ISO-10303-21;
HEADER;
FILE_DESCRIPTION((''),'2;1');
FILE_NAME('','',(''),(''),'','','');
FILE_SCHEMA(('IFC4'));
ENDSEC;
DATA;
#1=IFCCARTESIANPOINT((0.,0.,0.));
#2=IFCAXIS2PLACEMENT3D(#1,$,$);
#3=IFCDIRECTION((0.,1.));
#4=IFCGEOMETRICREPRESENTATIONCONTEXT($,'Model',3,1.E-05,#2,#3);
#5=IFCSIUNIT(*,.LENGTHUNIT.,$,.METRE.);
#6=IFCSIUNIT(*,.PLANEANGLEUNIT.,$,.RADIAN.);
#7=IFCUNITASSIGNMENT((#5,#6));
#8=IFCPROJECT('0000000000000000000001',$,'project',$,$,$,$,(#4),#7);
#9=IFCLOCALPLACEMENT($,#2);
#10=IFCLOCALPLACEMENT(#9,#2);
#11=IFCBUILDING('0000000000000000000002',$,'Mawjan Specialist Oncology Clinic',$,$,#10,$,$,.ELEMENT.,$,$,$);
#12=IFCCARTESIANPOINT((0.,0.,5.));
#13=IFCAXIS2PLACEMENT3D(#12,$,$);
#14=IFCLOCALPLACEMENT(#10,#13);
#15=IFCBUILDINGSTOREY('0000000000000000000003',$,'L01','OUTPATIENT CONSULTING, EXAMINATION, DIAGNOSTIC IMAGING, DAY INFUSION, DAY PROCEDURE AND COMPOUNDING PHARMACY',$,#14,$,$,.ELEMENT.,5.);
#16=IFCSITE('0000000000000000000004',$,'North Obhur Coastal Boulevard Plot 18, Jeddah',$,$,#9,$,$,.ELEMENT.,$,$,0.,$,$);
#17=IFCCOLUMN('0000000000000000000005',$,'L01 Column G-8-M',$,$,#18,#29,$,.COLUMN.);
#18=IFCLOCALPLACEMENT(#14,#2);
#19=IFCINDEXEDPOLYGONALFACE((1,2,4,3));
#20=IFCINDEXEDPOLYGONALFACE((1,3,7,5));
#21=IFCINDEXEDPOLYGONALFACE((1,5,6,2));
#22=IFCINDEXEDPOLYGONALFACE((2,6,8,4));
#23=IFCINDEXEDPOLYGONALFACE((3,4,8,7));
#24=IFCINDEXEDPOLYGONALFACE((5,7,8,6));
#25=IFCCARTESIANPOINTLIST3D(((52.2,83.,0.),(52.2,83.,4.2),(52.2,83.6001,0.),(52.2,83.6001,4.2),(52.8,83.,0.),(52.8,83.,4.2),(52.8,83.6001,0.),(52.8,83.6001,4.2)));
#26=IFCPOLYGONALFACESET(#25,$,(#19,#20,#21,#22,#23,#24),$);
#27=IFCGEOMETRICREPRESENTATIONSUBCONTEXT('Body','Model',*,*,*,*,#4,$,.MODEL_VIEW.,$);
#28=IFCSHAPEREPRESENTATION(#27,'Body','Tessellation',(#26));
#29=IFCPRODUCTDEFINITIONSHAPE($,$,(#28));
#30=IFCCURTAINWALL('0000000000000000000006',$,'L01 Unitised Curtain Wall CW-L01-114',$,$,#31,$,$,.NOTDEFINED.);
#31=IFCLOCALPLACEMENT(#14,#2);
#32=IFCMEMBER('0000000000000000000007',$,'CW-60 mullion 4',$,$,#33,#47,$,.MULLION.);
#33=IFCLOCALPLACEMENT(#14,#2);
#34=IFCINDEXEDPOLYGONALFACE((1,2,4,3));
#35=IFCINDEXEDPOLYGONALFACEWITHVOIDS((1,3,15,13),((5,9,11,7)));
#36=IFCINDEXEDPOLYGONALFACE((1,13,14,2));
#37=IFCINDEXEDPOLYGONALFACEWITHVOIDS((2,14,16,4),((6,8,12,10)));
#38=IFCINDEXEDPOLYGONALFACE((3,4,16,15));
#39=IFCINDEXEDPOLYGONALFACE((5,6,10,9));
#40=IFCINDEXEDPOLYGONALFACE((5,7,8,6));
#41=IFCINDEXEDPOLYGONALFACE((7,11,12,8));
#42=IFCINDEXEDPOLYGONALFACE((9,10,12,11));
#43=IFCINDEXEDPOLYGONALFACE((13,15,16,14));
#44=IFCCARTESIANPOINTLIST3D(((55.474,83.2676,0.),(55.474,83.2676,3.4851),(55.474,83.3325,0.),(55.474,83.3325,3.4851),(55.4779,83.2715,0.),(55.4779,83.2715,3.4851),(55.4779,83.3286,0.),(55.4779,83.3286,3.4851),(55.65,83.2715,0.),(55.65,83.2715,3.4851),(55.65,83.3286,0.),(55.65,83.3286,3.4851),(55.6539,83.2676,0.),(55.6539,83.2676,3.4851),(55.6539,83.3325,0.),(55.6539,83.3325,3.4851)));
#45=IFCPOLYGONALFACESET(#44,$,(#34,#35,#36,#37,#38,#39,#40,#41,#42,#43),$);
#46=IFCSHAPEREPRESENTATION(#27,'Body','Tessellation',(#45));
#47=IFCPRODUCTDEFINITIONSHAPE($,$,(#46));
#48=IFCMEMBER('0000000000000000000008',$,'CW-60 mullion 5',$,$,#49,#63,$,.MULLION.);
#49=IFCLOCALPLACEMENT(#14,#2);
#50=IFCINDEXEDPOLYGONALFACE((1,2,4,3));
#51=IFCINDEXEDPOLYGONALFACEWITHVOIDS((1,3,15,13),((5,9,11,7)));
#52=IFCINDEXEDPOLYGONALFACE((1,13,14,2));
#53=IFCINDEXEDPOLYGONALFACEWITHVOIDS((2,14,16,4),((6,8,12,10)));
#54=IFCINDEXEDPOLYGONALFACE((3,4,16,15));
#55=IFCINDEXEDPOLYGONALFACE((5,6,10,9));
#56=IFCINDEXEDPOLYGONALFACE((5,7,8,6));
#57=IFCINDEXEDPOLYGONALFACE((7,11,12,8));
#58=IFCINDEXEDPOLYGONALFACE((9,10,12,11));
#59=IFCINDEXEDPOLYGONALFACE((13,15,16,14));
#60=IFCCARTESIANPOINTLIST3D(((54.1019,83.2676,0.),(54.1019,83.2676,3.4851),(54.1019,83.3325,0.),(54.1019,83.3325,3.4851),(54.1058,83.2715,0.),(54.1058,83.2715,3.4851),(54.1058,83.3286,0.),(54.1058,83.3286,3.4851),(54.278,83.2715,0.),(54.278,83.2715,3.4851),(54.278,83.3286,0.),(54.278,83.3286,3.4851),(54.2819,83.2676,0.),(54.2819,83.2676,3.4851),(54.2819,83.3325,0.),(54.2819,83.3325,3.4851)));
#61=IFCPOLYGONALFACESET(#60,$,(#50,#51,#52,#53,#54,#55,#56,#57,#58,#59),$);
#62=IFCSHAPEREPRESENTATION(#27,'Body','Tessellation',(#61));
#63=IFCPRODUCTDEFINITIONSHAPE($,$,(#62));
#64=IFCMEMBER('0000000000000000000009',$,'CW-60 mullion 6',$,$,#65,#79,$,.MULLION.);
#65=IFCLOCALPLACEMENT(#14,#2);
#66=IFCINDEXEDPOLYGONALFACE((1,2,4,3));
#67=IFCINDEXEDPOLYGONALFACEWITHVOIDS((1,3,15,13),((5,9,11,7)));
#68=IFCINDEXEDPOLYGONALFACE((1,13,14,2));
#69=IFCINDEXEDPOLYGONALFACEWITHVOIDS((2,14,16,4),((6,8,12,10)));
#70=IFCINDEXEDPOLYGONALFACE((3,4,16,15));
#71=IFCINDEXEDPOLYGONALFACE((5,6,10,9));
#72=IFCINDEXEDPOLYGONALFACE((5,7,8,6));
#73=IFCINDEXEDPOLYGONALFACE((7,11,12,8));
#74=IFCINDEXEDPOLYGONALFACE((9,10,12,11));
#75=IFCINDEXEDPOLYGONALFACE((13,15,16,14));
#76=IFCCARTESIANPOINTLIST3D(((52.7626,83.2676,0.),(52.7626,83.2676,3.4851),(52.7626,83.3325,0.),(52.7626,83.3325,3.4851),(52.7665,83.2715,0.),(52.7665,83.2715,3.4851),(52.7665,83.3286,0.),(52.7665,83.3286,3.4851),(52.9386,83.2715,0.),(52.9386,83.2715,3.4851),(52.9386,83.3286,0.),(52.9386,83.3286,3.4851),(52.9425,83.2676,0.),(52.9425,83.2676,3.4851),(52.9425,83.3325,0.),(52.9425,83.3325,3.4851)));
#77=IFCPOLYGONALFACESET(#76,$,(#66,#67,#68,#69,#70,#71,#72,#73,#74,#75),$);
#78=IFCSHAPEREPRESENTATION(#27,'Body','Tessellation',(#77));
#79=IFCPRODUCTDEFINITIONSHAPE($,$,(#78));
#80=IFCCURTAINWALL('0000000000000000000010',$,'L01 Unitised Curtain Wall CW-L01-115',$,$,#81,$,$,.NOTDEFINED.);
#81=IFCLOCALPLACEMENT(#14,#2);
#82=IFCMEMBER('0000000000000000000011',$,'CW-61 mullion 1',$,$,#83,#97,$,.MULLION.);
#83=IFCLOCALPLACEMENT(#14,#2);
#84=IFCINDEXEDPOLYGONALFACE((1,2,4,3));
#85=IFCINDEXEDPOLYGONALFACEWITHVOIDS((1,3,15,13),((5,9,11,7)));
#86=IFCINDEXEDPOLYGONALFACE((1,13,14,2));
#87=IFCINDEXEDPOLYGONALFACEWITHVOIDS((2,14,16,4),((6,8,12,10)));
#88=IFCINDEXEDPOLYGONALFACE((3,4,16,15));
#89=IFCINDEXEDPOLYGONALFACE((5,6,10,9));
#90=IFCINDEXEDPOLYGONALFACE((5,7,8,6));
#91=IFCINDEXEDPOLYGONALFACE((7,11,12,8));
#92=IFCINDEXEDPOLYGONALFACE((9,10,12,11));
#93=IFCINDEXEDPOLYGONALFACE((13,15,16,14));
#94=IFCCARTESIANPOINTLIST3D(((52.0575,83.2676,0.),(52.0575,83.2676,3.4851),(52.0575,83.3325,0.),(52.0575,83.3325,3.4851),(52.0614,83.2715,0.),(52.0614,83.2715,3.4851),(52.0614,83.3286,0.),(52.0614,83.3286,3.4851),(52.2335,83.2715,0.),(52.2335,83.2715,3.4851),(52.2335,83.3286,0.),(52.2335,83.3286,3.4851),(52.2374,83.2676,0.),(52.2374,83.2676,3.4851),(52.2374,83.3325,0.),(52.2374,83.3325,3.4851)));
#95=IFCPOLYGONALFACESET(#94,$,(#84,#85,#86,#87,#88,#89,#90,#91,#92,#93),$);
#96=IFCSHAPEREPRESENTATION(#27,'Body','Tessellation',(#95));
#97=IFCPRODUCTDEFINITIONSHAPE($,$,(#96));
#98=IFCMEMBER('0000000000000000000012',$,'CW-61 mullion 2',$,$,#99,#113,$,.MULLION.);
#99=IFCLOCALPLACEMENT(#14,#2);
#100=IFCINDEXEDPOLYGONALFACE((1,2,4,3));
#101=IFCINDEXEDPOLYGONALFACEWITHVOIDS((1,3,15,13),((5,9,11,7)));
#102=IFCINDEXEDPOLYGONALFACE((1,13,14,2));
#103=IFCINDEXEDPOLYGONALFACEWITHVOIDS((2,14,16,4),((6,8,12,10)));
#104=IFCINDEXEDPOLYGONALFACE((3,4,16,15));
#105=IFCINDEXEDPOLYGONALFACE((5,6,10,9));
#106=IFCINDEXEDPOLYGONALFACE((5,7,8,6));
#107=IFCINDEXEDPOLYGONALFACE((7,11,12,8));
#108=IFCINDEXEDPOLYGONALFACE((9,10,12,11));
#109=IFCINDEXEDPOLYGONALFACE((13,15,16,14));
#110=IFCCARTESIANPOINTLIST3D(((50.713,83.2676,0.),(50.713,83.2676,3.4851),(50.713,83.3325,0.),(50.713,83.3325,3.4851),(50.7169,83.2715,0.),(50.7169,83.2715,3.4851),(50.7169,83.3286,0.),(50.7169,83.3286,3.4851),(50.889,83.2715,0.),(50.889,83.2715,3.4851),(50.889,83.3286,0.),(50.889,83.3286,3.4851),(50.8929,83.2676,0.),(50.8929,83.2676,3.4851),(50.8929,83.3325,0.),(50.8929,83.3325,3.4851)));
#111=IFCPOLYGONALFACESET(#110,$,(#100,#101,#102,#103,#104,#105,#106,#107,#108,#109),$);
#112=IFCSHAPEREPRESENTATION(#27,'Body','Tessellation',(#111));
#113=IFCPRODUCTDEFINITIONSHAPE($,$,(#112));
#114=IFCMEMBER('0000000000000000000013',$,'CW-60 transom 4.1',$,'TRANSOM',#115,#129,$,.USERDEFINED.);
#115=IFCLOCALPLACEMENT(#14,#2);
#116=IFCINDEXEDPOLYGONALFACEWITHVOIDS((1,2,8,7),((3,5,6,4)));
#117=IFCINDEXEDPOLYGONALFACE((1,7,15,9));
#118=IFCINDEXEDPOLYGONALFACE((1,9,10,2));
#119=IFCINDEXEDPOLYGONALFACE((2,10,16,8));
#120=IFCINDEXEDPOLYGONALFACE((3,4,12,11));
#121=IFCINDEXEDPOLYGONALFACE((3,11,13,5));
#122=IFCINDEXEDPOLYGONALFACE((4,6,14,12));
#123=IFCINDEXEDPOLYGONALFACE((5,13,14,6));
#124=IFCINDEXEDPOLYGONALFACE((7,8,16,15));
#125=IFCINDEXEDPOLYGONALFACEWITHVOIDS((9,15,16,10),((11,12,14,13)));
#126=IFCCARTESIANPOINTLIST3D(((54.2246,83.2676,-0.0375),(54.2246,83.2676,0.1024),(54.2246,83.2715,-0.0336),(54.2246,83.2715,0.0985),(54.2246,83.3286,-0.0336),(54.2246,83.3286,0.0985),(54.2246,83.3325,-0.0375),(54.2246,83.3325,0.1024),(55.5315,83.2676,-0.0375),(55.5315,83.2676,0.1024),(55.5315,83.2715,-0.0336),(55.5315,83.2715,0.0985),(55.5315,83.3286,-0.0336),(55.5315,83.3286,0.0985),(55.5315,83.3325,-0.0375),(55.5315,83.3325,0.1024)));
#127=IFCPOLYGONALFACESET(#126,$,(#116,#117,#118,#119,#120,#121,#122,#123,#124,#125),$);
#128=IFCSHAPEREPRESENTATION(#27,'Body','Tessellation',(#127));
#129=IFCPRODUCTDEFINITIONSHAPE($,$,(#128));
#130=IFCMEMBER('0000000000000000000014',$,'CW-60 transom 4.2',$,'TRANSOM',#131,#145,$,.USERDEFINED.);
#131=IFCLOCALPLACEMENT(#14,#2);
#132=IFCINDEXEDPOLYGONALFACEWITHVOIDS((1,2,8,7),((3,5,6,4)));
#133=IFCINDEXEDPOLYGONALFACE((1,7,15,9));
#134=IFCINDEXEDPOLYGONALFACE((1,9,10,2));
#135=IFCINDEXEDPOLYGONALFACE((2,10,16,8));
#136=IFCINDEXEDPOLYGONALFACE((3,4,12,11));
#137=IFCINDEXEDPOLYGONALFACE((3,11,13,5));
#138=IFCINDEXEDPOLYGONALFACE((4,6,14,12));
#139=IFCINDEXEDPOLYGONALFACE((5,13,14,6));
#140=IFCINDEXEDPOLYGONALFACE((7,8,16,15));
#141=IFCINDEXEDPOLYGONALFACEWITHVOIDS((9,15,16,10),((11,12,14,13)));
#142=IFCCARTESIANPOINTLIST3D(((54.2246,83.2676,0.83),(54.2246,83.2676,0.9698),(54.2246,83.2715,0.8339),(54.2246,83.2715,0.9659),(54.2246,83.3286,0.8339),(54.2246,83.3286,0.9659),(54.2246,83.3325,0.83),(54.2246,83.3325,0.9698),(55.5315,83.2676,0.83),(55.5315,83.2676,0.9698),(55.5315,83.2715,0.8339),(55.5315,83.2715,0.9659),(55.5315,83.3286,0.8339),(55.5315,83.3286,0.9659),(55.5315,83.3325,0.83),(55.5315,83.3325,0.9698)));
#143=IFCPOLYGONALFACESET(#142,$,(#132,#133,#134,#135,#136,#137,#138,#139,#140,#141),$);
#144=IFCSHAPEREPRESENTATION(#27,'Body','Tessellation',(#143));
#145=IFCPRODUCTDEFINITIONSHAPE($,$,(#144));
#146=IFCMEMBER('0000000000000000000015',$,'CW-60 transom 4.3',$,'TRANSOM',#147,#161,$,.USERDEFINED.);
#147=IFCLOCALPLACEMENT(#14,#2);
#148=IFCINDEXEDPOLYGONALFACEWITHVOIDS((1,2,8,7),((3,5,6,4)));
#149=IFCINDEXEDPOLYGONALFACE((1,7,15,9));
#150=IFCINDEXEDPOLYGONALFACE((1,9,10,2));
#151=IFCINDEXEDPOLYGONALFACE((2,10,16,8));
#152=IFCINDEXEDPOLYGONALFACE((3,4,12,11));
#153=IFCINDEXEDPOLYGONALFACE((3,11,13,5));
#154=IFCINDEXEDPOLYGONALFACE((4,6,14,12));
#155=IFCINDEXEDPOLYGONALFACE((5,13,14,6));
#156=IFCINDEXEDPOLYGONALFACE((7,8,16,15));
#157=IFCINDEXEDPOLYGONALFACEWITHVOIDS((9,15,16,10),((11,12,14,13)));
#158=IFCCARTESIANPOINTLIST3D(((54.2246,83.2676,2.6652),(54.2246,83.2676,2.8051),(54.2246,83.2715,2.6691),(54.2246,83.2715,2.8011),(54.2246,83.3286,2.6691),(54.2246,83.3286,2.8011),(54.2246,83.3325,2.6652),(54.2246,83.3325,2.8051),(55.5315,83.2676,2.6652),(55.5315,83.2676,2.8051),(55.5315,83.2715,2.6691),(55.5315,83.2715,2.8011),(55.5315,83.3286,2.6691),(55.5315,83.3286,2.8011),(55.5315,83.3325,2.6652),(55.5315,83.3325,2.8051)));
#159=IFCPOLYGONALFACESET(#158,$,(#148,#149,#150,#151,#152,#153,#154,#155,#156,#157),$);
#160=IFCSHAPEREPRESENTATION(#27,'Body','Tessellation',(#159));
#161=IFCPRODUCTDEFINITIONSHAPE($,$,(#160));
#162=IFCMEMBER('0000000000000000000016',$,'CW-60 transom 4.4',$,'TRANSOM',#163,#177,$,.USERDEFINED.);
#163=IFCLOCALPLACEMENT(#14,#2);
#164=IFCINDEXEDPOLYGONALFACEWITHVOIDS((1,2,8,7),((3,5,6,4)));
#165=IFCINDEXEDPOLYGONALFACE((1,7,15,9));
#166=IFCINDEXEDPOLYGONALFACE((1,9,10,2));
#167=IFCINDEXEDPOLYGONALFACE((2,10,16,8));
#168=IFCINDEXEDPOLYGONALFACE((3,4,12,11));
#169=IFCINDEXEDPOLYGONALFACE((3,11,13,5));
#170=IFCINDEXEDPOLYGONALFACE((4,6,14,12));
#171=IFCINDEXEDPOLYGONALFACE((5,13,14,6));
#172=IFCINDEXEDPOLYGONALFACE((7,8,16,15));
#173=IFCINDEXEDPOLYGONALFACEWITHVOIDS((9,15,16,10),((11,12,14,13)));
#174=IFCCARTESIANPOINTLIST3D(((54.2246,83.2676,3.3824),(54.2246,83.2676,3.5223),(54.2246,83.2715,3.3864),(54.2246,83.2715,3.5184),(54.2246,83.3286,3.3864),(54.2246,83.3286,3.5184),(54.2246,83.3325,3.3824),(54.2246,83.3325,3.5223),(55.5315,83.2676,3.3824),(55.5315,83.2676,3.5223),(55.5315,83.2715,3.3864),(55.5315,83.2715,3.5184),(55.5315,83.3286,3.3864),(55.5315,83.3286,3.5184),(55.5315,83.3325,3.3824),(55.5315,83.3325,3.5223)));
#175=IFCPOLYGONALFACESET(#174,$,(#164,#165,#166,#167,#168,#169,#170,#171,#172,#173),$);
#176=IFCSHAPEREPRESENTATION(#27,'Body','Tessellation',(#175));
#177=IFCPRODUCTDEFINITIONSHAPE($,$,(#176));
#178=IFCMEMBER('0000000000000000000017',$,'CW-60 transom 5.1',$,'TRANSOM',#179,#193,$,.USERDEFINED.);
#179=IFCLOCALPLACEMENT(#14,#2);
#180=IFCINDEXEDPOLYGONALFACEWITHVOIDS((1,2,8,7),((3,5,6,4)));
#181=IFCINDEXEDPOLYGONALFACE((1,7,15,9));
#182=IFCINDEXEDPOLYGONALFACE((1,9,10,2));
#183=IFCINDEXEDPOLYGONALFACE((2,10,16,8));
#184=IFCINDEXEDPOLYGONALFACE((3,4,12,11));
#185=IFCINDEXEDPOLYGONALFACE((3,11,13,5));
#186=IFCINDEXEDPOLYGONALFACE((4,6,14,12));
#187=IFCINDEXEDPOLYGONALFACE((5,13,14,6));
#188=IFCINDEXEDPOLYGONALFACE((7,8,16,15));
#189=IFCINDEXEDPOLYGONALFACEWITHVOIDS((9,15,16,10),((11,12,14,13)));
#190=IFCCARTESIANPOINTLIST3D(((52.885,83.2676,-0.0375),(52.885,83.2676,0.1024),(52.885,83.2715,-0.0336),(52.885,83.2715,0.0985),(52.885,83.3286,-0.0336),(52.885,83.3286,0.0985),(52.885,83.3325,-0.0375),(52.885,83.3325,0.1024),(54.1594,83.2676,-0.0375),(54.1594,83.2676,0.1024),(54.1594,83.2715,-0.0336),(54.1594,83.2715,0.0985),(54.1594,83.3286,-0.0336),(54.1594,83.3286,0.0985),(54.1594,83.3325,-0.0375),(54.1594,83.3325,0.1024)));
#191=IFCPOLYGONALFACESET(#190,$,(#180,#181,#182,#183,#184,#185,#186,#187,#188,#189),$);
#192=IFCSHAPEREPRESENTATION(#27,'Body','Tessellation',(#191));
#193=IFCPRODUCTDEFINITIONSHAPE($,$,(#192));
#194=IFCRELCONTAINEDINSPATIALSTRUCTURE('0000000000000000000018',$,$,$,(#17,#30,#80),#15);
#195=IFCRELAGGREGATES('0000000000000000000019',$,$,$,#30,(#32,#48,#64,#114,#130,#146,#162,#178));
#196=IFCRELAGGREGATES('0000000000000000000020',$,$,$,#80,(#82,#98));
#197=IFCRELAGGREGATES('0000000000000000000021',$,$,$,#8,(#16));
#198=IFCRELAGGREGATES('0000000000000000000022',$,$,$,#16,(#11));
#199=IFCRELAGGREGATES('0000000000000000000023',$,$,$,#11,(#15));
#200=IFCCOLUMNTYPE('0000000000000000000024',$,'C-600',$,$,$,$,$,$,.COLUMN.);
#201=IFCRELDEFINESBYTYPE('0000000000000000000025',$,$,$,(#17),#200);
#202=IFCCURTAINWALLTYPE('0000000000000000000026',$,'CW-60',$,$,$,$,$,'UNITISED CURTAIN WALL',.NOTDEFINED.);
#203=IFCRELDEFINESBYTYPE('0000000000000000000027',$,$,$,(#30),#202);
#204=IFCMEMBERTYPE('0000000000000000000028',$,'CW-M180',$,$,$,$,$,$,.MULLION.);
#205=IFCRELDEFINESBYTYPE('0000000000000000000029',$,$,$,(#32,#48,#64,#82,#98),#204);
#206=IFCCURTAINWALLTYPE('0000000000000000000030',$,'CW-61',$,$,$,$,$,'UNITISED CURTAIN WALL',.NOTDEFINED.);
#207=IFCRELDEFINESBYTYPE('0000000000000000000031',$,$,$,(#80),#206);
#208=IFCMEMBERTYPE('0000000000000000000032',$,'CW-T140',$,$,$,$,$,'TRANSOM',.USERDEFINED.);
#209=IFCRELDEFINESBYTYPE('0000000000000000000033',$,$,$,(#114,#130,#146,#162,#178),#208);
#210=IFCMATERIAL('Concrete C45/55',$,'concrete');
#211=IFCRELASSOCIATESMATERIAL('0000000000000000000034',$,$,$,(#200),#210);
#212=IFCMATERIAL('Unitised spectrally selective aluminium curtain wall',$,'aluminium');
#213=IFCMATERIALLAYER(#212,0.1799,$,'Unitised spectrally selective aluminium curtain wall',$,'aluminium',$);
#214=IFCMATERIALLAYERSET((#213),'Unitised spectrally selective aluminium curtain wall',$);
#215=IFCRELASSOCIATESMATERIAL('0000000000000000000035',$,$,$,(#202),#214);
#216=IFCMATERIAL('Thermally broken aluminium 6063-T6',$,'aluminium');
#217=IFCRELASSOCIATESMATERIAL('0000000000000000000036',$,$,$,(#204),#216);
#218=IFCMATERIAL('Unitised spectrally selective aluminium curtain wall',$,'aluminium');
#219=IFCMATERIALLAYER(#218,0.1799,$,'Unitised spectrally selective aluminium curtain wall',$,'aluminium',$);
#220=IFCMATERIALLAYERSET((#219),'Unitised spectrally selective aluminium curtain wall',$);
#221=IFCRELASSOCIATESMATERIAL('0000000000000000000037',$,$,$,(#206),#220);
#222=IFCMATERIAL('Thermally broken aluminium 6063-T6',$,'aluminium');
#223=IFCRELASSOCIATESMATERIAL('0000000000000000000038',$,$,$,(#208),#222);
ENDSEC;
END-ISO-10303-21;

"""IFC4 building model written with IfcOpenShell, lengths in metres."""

from ifc_helpers import new_model, si_unit, direction, frame, origin, origin_2d, place, context, subcontext, project, spatial, rectangle, hollow_rectangle, extrude, material, layer, layer_set, material_profile, profile_set, type_object, element, aggregate, save


model = new_model("IFC4")

# Units and contexts
model_context = context("Model", 3, precision=1e-05, world=origin(), true_north=direction((0.0, 1.0)))
body_context = subcontext(model_context, "Body", "Model", "MODEL_VIEW")
ifc_project = project(units=[si_unit("LENGTHUNIT", "METRE"), si_unit("PLANEANGLEUNIT", "RADIAN")], contexts=[model_context])

# Site, building, storey
site_placement = place(None, origin())
site = spatial("IfcSite", under=ifc_project, at=site_placement, Name="North Obhur Coastal Boulevard Plot 18, Jeddah", CompositionType="ELEMENT", RefElevation=0.0)
building_placement = place(site_placement, origin())
building = spatial("IfcBuilding", under=site, at=building_placement, Name="Mawjan Specialist Oncology Clinic", CompositionType="ELEMENT")
storey_placement = place(building_placement, frame((0.0, 0.0, 5.0)))
storey = spatial("IfcBuildingStorey", under=building, at=storey_placement, Name="L01", Description="OUTPATIENT CONSULTING, EXAMINATION, DIAGNOSTIC IMAGING, DAY INFUSION, DAY PROCEDURE AND COMPOUNDING PHARMACY", CompositionType="ELEMENT", Elevation=5.0)

# Column
ifc_material_1 = material(Name="Concrete C45/55", Category="concrete")
ifc_material_profile_1 = material_profile(ifc_material_1, rectangle(XDim=0.6001, YDim=0.6001, at=origin_2d()), Name="RC COL 600x600", Category="concrete")
ifc_profile_set_1 = profile_set([ifc_material_profile_1], Name="Concrete C45/55")
column_type = type_object("IfcColumnType", Name="C-600", PredefinedType="COLUMN", material=ifc_profile_set_1)
column_placement = place(storey_placement, frame((52.5, 83.3, 0.0), z_axis=(0.0, 0.0, 1.0), x_axis=(1.0, 0.0, 0.0)))
element("IfcColumn", 1, at=column_placement, inside=storey, type_object=column_type, Name="L01 Column G-8-M", PredefinedType="COLUMN", context=body_context, shape_type="SweptSolid", body=[
    extrude(rectangle(XDim=0.6001, YDim=0.6001, at=origin_2d()), origin(), (0.0, 0.0, 1.0), 4.2),
])

# Curtain walls, members
ifc_material_2 = material(Name="Unitised spectrally selective aluminium curtain wall", Category="aluminium")
ifc_layer_1 = layer(ifc_material_2, 0.1799, Name="Unitised spectrally selective aluminium curtain wall", Category="aluminium")
ifc_layer_set_1 = layer_set([ifc_layer_1], Name="Unitised spectrally selective aluminium curtain wall")
curtain_wall_type_1 = type_object("IfcCurtainWallType", Name="CW-60", ElementType="UNITISED CURTAIN WALL", PredefinedType="NOTDEFINED", material=ifc_layer_set_1)
curtain_wall_1_placement = place(storey_placement, origin())
curtain_wall_1 = element("IfcCurtainWall", 2, at=curtain_wall_1_placement, inside=storey, type_object=curtain_wall_type_1, Name="L01 Unitised Curtain Wall CW-L01-114", PredefinedType="NOTDEFINED")
ifc_material_3 = material(Name="Thermally broken aluminium 6063-T6", Category="aluminium")
ifc_material_profile_2 = material_profile(ifc_material_3, hollow_rectangle(XDim=0.0649, YDim=0.1799, WallThickness=0.0039, at=origin_2d()), Name="ALU MULLION 180x65x4", Category="aluminium")
ifc_profile_set_2 = profile_set([ifc_material_profile_2], Name="Thermally broken aluminium 6063-T6")
member_type_1 = type_object("IfcMemberType", Name="CW-M180", PredefinedType="MULLION", material=ifc_profile_set_2)
member_1_placement = place(storey_placement, frame((55.564, 83.3, 0.0), z_axis=(0.0, 0.0, 1.0), x_axis=(0.0, -1.0, 0.0)))
member_1 = element("IfcMember", 3, at=member_1_placement, type_object=member_type_1, Name="CW-60 mullion 4", PredefinedType="MULLION", context=body_context, shape_type="SweptSolid", body=[
    extrude(hollow_rectangle(XDim=0.0649, YDim=0.1799, WallThickness=0.0039, at=origin_2d()), origin(), (0.0, 0.0, 1.0), 3.4851),
])
member_2_placement = place(storey_placement, frame((54.1919, 83.3, 0.0), z_axis=(0.0, 0.0, 1.0), x_axis=(0.0, -1.0, 0.0)))
member_2 = element("IfcMember", 4, at=member_2_placement, type_object=member_type_1, Name="CW-60 mullion 5", PredefinedType="MULLION", context=body_context, shape_type="SweptSolid", body=[
    extrude(hollow_rectangle(XDim=0.0649, YDim=0.1799, WallThickness=0.0039, at=origin_2d()), origin(), (0.0, 0.0, 1.0), 3.4851),
])
member_3_placement = place(storey_placement, frame((52.8525, 83.3, 0.0), z_axis=(0.0, 0.0, 1.0), x_axis=(0.0, -1.0, 0.0)))
member_3 = element("IfcMember", 5, at=member_3_placement, type_object=member_type_1, Name="CW-60 mullion 6", PredefinedType="MULLION", context=body_context, shape_type="SweptSolid", body=[
    extrude(hollow_rectangle(XDim=0.0649, YDim=0.1799, WallThickness=0.0039, at=origin_2d()), origin(), (0.0, 0.0, 1.0), 3.4851),
])
ifc_material_4 = material(Name="Unitised spectrally selective aluminium curtain wall", Category="aluminium")
ifc_layer_2 = layer(ifc_material_4, 0.1799, Name="Unitised spectrally selective aluminium curtain wall", Category="aluminium")
ifc_layer_set_2 = layer_set([ifc_layer_2], Name="Unitised spectrally selective aluminium curtain wall")
curtain_wall_type_2 = type_object("IfcCurtainWallType", Name="CW-61", ElementType="UNITISED CURTAIN WALL", PredefinedType="NOTDEFINED", material=ifc_layer_set_2)
curtain_wall_2_placement = place(storey_placement, origin())
curtain_wall_2 = element("IfcCurtainWall", 6, at=curtain_wall_2_placement, inside=storey, type_object=curtain_wall_type_2, Name="L01 Unitised Curtain Wall CW-L01-115", PredefinedType="NOTDEFINED")
member_4_placement = place(storey_placement, frame((52.1475, 83.3, 0.0), z_axis=(0.0, 0.0, 1.0), x_axis=(0.0, -1.0, 0.0)))
member_4 = element("IfcMember", 7, at=member_4_placement, type_object=member_type_1, Name="CW-61 mullion 1", PredefinedType="MULLION", context=body_context, shape_type="SweptSolid", body=[
    extrude(hollow_rectangle(XDim=0.0649, YDim=0.1799, WallThickness=0.0039, at=origin_2d()), origin(), (0.0, 0.0, 1.0), 3.4851),
])
member_5_placement = place(storey_placement, frame((50.803, 83.3, 0.0), z_axis=(0.0, 0.0, 1.0), x_axis=(0.0, -1.0, 0.0)))
member_5 = element("IfcMember", 8, at=member_5_placement, type_object=member_type_1, Name="CW-61 mullion 2", PredefinedType="MULLION", context=body_context, shape_type="SweptSolid", body=[
    extrude(hollow_rectangle(XDim=0.0649, YDim=0.1799, WallThickness=0.0039, at=origin_2d()), origin(), (0.0, 0.0, 1.0), 3.4851),
])

# Members
ifc_material_5 = material(Name="Thermally broken aluminium 6063-T6", Category="aluminium")
ifc_material_profile_3 = material_profile(ifc_material_5, hollow_rectangle(XDim=0.0649, YDim=0.1399, WallThickness=0.0039, at=origin_2d()), Name="ALU TRANSOM 140x65x4", Category="aluminium")
ifc_profile_set_3 = profile_set([ifc_material_profile_3], Name="Thermally broken aluminium 6063-T6")
member_type_2 = type_object("IfcMemberType", Name="CW-T140", ElementType="TRANSOM", PredefinedType="USERDEFINED", material=ifc_profile_set_3)
member_6_placement = place(storey_placement, frame((55.5315, 83.3, 0.0325), z_axis=(-1.0, 0.0, 0.0), x_axis=(0.0, -1.0, 0.0)))
member_6 = element("IfcMember", 9, at=member_6_placement, type_object=member_type_2, Name="CW-60 transom 4.1", ObjectType="TRANSOM", PredefinedType="USERDEFINED", context=body_context, shape_type="SweptSolid", body=[
    extrude(hollow_rectangle(XDim=0.0649, YDim=0.1399, WallThickness=0.0039, at=origin_2d()), origin(), (0.0, 0.0, 1.0), 1.3069),
])
member_7_placement = place(storey_placement, frame((55.5315, 83.3, 0.8999), z_axis=(-1.0, 0.0, 0.0), x_axis=(0.0, -1.0, 0.0)))
member_7 = element("IfcMember", 10, at=member_7_placement, type_object=member_type_2, Name="CW-60 transom 4.2", ObjectType="TRANSOM", PredefinedType="USERDEFINED", context=body_context, shape_type="SweptSolid", body=[
    extrude(hollow_rectangle(XDim=0.0649, YDim=0.1399, WallThickness=0.0039, at=origin_2d()), origin(), (0.0, 0.0, 1.0), 1.3069),
])
member_8_placement = place(storey_placement, frame((55.5315, 83.3, 2.7351), z_axis=(-1.0, 0.0, 0.0), x_axis=(0.0, -1.0, 0.0)))
member_8 = element("IfcMember", 11, at=member_8_placement, type_object=member_type_2, Name="CW-60 transom 4.3", ObjectType="TRANSOM", PredefinedType="USERDEFINED", context=body_context, shape_type="SweptSolid", body=[
    extrude(hollow_rectangle(XDim=0.0649, YDim=0.1399, WallThickness=0.0039, at=origin_2d()), origin(), (0.0, 0.0, 1.0), 1.3069),
])
member_9_placement = place(storey_placement, frame((55.5315, 83.3, 3.4524), z_axis=(-1.0, 0.0, 0.0), x_axis=(0.0, -1.0, 0.0)))
member_9 = element("IfcMember", 12, at=member_9_placement, type_object=member_type_2, Name="CW-60 transom 4.4", ObjectType="TRANSOM", PredefinedType="USERDEFINED", context=body_context, shape_type="SweptSolid", body=[
    extrude(hollow_rectangle(XDim=0.0649, YDim=0.1399, WallThickness=0.0039, at=origin_2d()), origin(), (0.0, 0.0, 1.0), 1.3069),
])
member_10_placement = place(storey_placement, frame((54.1594, 83.3, 0.0325), z_axis=(-1.0, 0.0, 0.0), x_axis=(0.0, -1.0, 0.0)))
member_10 = element("IfcMember", 13, at=member_10_placement, type_object=member_type_2, Name="CW-60 transom 5.1", ObjectType="TRANSOM", PredefinedType="USERDEFINED", context=body_context, shape_type="SweptSolid", body=[
    extrude(hollow_rectangle(XDim=0.0649, YDim=0.1399, WallThickness=0.0039, at=origin_2d()), origin(), (0.0, 0.0, 1.0), 1.2744),
])

aggregate(curtain_wall_1, [member_1, member_2, member_3, member_6, member_7, member_8, member_9, member_10])
aggregate(curtain_wall_2, [member_4, member_5])

save(model, "model.ifc")
